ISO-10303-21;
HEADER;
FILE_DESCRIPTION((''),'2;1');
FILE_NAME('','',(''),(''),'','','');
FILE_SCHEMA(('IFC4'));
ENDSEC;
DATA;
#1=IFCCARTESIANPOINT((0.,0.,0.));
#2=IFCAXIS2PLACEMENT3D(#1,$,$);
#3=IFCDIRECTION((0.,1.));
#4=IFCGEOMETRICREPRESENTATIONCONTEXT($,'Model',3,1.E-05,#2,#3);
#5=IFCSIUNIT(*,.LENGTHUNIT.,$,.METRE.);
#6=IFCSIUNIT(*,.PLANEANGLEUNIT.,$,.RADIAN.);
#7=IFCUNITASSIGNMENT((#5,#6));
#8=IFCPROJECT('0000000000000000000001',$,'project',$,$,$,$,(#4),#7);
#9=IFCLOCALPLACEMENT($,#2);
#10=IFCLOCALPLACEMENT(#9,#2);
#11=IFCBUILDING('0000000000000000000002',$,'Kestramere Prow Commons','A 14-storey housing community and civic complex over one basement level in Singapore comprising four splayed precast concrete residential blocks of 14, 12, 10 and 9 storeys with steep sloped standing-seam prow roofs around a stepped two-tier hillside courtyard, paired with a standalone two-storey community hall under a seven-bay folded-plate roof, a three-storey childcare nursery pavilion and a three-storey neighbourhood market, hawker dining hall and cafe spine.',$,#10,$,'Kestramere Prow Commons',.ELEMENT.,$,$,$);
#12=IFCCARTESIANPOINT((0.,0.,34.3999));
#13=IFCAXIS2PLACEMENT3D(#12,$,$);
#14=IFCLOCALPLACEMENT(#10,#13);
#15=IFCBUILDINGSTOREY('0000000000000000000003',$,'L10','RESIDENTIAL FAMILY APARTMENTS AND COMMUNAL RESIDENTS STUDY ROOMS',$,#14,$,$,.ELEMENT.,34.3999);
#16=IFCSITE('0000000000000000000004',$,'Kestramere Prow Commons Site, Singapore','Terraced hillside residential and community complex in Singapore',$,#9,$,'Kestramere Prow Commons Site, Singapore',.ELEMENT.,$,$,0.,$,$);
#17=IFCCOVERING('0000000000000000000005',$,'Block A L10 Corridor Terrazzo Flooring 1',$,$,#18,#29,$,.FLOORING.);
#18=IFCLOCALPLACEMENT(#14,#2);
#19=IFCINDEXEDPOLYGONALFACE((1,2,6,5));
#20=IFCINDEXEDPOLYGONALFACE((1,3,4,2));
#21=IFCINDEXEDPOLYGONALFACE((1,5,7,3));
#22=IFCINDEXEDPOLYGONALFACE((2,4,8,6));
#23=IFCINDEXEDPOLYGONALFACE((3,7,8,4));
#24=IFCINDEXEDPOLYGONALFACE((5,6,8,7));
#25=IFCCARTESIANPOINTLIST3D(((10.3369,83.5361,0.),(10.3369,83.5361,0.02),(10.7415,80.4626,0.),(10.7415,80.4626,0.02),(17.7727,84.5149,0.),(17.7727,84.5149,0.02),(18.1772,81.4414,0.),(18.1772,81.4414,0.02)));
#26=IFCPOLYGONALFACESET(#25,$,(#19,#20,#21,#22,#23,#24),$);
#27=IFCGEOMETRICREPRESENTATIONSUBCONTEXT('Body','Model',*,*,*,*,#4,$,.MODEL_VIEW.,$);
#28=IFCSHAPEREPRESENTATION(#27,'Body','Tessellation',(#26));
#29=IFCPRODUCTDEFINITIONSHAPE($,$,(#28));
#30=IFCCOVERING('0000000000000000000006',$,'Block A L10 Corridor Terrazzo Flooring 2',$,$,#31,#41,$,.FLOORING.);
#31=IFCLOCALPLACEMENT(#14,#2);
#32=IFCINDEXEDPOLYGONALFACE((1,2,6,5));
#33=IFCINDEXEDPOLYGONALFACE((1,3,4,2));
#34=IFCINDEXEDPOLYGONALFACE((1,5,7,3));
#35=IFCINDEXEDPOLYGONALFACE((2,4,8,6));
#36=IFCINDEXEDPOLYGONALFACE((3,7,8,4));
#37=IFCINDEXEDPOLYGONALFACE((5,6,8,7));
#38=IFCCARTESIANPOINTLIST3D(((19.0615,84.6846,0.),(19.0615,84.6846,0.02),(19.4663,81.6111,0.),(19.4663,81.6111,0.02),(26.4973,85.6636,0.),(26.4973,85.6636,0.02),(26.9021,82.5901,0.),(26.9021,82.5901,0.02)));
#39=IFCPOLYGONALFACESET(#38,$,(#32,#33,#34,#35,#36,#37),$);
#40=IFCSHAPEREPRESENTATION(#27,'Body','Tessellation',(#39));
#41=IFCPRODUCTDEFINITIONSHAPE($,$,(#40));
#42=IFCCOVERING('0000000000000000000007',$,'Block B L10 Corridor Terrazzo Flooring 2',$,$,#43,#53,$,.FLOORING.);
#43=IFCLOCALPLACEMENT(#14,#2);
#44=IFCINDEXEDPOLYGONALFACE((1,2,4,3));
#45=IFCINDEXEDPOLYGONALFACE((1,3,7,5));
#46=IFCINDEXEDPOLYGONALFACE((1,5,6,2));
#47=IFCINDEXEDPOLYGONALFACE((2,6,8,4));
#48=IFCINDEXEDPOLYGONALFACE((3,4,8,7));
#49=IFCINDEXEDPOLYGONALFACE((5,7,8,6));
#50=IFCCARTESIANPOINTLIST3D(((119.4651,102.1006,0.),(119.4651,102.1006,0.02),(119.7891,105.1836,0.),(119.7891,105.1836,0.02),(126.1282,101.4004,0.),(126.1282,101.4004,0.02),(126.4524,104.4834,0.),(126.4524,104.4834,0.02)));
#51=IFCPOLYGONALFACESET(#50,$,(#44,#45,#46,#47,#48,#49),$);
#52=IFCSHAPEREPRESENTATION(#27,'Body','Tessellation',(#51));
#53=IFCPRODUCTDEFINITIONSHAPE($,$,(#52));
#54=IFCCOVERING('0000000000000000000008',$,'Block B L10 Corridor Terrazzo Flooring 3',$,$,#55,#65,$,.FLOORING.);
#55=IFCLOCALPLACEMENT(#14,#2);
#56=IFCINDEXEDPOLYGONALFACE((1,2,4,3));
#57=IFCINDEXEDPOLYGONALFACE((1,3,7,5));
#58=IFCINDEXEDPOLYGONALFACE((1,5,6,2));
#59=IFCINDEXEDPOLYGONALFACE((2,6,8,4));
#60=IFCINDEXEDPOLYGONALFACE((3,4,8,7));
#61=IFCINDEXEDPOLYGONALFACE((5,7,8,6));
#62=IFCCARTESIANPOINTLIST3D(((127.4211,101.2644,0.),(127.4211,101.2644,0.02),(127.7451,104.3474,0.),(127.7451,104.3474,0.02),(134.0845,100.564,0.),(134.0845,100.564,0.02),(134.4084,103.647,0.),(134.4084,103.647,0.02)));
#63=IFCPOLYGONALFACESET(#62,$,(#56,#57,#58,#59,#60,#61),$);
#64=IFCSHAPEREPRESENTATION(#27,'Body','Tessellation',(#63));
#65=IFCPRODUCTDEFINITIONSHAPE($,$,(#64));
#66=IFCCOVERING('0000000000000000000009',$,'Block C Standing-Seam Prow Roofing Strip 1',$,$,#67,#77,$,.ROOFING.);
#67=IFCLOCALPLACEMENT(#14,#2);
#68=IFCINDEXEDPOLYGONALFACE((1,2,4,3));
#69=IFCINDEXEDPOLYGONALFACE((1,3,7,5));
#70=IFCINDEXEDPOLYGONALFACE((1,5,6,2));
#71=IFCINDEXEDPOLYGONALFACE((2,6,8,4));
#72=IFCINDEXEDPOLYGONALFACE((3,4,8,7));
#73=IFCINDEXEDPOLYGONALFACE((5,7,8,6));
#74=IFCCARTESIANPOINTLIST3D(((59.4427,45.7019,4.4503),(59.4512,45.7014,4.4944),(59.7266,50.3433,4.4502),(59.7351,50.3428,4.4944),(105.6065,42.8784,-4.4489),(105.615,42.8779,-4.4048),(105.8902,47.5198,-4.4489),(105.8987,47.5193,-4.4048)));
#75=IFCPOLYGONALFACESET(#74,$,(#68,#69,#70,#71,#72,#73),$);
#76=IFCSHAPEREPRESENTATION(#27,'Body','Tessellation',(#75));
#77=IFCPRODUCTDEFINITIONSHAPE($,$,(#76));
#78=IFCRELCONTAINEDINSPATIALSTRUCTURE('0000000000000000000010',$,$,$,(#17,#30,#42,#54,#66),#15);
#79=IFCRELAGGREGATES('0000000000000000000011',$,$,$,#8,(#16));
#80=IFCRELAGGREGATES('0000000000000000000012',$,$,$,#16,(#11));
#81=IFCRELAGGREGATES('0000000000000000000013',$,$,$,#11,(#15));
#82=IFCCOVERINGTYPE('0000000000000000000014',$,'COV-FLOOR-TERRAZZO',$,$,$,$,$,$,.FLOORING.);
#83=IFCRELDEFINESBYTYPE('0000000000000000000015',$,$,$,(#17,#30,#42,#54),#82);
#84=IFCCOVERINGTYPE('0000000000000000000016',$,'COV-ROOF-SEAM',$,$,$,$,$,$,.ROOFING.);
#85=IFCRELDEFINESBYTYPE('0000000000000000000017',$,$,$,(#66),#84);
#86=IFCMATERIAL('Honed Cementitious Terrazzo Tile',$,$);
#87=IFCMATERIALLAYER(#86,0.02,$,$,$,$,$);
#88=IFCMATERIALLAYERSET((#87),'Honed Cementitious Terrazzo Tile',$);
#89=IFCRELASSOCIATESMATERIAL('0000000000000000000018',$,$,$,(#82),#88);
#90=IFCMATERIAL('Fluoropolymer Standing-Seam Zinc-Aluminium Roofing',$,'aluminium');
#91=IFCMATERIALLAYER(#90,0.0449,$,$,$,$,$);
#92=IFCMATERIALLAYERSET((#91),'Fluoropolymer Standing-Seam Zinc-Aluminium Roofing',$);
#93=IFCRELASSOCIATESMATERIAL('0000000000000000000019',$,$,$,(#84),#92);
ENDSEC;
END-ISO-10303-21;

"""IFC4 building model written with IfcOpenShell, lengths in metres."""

from ifc_helpers import new_model, si_unit, direction, frame, origin, place, context, subcontext, project, spatial, polyline, outline, extrude, material, layer, layer_set, type_object, element, save


model = new_model("IFC4")

# Units and contexts
model_context = context("Model", 3, precision=1e-05, world=origin(), true_north=direction((0.0, 1.0)))
body_context = subcontext(model_context, "Body", "Model", "MODEL_VIEW")
ifc_project = project(units=[si_unit("LENGTHUNIT", "METRE"), si_unit("PLANEANGLEUNIT", "RADIAN")], contexts=[model_context])

# Site, building, storey
site_placement = place(None, origin())
site = spatial("IfcSite", under=ifc_project, at=site_placement, Name="Kestramere Prow Commons Site, Singapore", Description="Terraced hillside residential and community complex in Singapore", LongName="Kestramere Prow Commons Site, Singapore", CompositionType="ELEMENT", RefElevation=0.0)
building_placement = place(site_placement, origin())
building = spatial("IfcBuilding", under=site, at=building_placement, Name="Kestramere Prow Commons", Description="A 14-storey housing community and civic complex over one basement level in Singapore comprising four splayed precast concrete residential blocks of 14, 12, 10 and 9 storeys with steep sloped standing-seam prow roofs around a stepped two-tier hillside courtyard, paired with a standalone two-storey community hall under a seven-bay folded-plate roof, a three-storey childcare nursery pavilion and a three-storey neighbourhood market, hawker dining hall and cafe spine.", LongName="Kestramere Prow Commons", CompositionType="ELEMENT")
storey_placement = place(building_placement, frame((0.0, 0.0, 34.3999)))
storey = spatial("IfcBuildingStorey", under=building, at=storey_placement, Name="L10", Description="RESIDENTIAL FAMILY APARTMENTS AND COMMUNAL RESIDENTS STUDY ROOMS", CompositionType="ELEMENT", Elevation=34.3999)

# Coverings
ifc_material_1 = material(Name="Honed Cementitious Terrazzo Tile")
ifc_layer_1 = layer(ifc_material_1, 0.02)
ifc_layer_set_1 = layer_set([ifc_layer_1], Name="Honed Cementitious Terrazzo Tile")
covering_type_1 = type_object("IfcCoveringType", Name="COV-FLOOR-TERRAZZO", PredefinedType="FLOORING", material=ifc_layer_set_1)
covering_1_placement = place(storey_placement, origin())
element("IfcCovering", 1, at=covering_1_placement, inside=storey, type_object=covering_type_1, Name="Block A L10 Corridor Terrazzo Flooring 1", PredefinedType="FLOORING", context=body_context, shape_type="SweptSolid", body=[
    extrude(outline(polyline([(10.7415, 80.4626), (18.1772, 81.4414), (17.7727, 84.5149), (10.3369, 83.5361), (10.7415, 80.4626)])), origin(), (0.0, 0.0, 1.0), 0.02),
])
covering_2_placement = place(storey_placement, origin())
element("IfcCovering", 2, at=covering_2_placement, inside=storey, type_object=covering_type_1, Name="Block A L10 Corridor Terrazzo Flooring 2", PredefinedType="FLOORING", context=body_context, shape_type="SweptSolid", body=[
    extrude(outline(polyline([(19.4663, 81.6111), (26.9021, 82.5901), (26.4973, 85.6636), (19.0615, 84.6846), (19.4663, 81.6111)])), origin(), (0.0, 0.0, 1.0), 0.02),
])
covering_3_placement = place(storey_placement, origin())
element("IfcCovering", 3, at=covering_3_placement, inside=storey, type_object=covering_type_1, Name="Block B L10 Corridor Terrazzo Flooring 2", PredefinedType="FLOORING", context=body_context, shape_type="SweptSolid", body=[
    extrude(outline(polyline([(119.4651, 102.1006), (126.1282, 101.4004), (126.4524, 104.4834), (119.7891, 105.1836), (119.4651, 102.1006)])), origin(), (0.0, 0.0, 1.0), 0.02),
])
covering_4_placement = place(storey_placement, origin())
element("IfcCovering", 4, at=covering_4_placement, inside=storey, type_object=covering_type_1, Name="Block B L10 Corridor Terrazzo Flooring 3", PredefinedType="FLOORING", context=body_context, shape_type="SweptSolid", body=[
    extrude(outline(polyline([(127.4211, 101.2644), (134.0845, 100.564), (134.4084, 103.647), (127.7451, 104.3474), (127.4211, 101.2644)])), origin(), (0.0, 0.0, 1.0), 0.02),
])
ifc_material_2 = material(Name="Fluoropolymer Standing-Seam Zinc-Aluminium Roofing", Category="aluminium")
ifc_layer_2 = layer(ifc_material_2, 0.0449)
ifc_layer_set_2 = layer_set([ifc_layer_2], Name="Fluoropolymer Standing-Seam Zinc-Aluminium Roofing")
covering_type_2 = type_object("IfcCoveringType", Name="COV-ROOF-SEAM", PredefinedType="ROOFING", material=ifc_layer_set_2)
covering_5_placement = place(storey_placement, frame((59.4512, 45.7014, 4.4944), z_axis=(0.188596, -0.011532, 0.981987), x_axis=(0.980155, -0.059949, -0.188949)))
element("IfcCovering", 5, at=covering_5_placement, inside=storey, type_object=covering_type_2, Name="Block C Standing-Seam Prow Roofing Strip 1", PredefinedType="ROOFING", context=body_context, shape_type="SweptSolid", body=[
    extrude(outline(polyline([(0.0, 0.0), (47.0985, 0.0), (47.0983, 4.65), (0.0001, 4.65), (0.0, 0.0)])), origin(), (0.0, 0.0, -1.0), 0.0449),
])

save(model, "model.ifc")
